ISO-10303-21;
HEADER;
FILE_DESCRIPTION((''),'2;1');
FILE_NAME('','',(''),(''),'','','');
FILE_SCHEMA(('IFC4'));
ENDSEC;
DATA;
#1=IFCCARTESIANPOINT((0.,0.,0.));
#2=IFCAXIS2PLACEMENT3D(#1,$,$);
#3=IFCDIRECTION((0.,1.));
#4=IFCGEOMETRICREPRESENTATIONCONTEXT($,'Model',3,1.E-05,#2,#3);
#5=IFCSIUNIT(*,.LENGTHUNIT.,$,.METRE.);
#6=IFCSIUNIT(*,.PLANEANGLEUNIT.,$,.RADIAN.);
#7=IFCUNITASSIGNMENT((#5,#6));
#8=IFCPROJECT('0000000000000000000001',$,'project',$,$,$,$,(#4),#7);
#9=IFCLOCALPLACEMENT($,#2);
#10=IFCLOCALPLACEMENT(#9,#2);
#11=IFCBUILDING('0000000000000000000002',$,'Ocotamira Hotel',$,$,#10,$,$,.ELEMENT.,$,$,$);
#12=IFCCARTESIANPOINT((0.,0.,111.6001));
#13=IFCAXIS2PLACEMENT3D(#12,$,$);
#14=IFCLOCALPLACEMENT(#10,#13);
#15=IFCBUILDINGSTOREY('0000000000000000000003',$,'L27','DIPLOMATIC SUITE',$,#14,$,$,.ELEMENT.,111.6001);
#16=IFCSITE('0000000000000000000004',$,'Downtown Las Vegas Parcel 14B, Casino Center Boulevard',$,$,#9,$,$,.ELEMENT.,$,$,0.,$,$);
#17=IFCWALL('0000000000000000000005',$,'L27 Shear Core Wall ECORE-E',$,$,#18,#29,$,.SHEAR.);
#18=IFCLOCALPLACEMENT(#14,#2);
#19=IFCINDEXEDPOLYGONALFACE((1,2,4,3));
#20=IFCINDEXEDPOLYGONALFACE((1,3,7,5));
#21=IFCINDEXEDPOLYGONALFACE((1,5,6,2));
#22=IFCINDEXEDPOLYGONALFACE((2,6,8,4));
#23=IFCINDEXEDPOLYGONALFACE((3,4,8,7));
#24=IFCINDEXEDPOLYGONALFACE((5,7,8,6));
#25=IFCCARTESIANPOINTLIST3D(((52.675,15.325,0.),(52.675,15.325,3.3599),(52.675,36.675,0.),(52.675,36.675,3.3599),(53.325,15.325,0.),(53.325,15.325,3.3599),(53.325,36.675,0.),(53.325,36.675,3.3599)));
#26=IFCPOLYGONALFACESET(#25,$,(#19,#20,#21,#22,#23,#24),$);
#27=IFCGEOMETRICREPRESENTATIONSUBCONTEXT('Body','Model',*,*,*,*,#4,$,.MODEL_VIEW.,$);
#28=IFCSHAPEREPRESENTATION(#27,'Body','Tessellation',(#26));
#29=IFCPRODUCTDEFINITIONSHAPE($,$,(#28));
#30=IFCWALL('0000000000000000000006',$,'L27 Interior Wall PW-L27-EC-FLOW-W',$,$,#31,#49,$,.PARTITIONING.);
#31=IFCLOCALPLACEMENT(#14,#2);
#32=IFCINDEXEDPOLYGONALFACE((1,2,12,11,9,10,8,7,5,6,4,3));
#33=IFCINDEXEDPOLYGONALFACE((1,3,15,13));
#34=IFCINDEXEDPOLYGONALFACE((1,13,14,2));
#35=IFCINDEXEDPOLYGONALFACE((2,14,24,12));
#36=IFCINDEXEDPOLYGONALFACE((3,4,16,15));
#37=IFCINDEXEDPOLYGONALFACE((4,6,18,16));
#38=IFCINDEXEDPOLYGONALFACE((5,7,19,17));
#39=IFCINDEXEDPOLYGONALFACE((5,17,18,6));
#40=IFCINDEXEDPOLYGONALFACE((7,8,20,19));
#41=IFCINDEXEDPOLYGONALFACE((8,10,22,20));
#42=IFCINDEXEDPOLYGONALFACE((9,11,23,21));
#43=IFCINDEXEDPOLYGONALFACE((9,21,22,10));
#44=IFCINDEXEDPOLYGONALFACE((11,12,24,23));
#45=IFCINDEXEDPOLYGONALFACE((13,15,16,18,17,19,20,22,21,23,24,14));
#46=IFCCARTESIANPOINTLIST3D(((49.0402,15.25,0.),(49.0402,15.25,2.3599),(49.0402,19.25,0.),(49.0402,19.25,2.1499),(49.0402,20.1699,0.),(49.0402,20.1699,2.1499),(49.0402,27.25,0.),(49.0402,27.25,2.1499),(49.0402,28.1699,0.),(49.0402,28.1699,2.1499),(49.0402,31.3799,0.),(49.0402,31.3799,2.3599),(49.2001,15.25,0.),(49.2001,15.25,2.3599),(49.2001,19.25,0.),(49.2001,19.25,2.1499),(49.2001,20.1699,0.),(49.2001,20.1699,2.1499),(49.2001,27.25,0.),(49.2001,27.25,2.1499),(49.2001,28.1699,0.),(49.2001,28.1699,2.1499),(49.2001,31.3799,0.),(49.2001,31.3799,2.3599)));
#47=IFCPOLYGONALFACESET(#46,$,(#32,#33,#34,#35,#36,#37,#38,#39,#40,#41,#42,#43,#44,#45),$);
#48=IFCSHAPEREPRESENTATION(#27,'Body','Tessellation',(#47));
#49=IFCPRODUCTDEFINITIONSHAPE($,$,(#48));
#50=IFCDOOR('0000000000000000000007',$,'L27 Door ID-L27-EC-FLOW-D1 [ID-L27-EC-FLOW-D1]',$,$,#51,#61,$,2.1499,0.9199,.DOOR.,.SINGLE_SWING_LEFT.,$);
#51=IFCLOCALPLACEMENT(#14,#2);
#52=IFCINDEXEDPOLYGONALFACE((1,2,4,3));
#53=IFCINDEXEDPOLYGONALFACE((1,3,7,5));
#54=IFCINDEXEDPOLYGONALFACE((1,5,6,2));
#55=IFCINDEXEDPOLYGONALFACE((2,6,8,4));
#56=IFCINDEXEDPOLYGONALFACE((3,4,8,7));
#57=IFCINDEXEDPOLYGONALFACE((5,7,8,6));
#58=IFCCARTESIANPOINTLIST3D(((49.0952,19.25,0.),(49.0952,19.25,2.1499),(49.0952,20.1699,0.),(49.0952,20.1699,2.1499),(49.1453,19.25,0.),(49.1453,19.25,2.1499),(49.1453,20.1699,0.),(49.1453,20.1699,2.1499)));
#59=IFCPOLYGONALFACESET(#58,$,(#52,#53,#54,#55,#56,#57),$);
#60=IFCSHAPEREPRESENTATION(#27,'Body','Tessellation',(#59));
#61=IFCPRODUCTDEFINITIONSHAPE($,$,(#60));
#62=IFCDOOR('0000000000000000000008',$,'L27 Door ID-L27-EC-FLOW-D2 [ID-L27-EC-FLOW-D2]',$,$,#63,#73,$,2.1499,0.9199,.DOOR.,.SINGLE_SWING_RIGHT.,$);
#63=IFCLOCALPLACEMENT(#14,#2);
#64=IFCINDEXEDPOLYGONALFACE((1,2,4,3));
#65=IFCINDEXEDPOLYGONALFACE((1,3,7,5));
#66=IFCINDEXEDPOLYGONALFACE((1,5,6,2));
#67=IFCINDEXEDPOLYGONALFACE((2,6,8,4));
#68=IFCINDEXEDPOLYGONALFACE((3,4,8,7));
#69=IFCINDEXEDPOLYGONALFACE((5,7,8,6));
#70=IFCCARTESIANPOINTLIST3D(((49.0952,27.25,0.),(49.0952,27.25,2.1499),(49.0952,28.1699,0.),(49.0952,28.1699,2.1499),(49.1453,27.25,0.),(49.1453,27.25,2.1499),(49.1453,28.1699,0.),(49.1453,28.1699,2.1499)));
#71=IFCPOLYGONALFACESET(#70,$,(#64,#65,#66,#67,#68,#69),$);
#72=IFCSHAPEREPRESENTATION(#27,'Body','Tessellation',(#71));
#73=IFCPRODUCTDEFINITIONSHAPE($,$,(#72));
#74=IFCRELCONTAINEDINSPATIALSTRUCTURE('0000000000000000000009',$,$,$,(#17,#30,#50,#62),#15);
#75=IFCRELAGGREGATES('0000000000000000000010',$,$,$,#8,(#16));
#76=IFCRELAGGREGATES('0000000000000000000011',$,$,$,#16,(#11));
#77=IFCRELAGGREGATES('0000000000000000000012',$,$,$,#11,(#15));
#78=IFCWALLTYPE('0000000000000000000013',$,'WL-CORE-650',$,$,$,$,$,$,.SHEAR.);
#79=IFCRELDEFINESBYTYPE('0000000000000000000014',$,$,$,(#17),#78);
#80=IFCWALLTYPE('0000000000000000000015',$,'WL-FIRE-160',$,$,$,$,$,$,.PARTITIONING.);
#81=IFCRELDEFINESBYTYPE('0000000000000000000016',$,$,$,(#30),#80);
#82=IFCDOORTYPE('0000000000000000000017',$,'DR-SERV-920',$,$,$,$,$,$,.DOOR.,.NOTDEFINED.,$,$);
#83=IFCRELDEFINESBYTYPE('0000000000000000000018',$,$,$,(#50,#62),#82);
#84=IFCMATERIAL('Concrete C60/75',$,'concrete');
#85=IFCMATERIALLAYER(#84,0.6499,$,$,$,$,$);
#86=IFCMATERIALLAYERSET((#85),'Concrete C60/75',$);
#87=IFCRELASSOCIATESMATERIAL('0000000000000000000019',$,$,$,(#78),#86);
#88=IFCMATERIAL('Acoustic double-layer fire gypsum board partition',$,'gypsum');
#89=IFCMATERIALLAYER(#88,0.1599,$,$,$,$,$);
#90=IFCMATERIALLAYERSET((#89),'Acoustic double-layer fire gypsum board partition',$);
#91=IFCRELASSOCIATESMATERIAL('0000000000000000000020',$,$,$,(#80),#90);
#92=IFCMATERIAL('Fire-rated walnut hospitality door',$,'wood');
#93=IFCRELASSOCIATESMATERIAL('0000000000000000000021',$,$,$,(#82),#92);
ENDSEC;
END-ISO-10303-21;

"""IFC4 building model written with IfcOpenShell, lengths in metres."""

from ifc_helpers import new_model, si_unit, direction, frame, frame_2d, origin, place, context, subcontext, project, spatial, rectangle, extrude, source, transform, mapped, material, layer, layer_set, type_object, element, fill, save


model = new_model("IFC4")

# Units and contexts
model_context = context("Model", 3, precision=1e-05, world=origin(), true_north=direction((0.0, 1.0)))
body_context = subcontext(model_context, "Body", "Model", "MODEL_VIEW")
ifc_project = project(units=[si_unit("LENGTHUNIT", "METRE"), si_unit("PLANEANGLEUNIT", "RADIAN")], contexts=[model_context])

# Site, building, storey
site_placement = place(None, origin())
site = spatial("IfcSite", under=ifc_project, at=site_placement, Name="Downtown Las Vegas Parcel 14B, Casino Center Boulevard", CompositionType="ELEMENT", RefElevation=0.0)
building_placement = place(site_placement, origin())
building = spatial("IfcBuilding", under=site, at=building_placement, Name="Ocotamira Hotel", CompositionType="ELEMENT")
storey_placement = place(building_placement, frame((0.0, 0.0, 111.6001)))
storey = spatial("IfcBuildingStorey", under=building, at=storey_placement, Name="L27", Description="DIPLOMATIC SUITE", CompositionType="ELEMENT", Elevation=111.6001)

# Wall
ifc_material_1 = material(Name="Concrete C60/75", Category="concrete")
ifc_layer_1 = layer(ifc_material_1, 0.6499)
ifc_layer_set_1 = layer_set([ifc_layer_1], Name="Concrete C60/75")
wall_type_1 = type_object("IfcWallType", Name="WL-CORE-650", PredefinedType="SHEAR", material=ifc_layer_set_1)
wall_1_placement = place(storey_placement, frame((53.0, 15.325, 0.0), z_axis=(0.0, 0.0, 1.0), x_axis=(0.0, 1.0, 0.0)))
element("IfcWall", 1, at=wall_1_placement, inside=storey, type_object=wall_type_1, Name="L27 Shear Core Wall ECORE-E", PredefinedType="SHEAR", context=body_context, shape_type="SweptSolid", body=[
    extrude(rectangle(XDim=21.3501, YDim=0.6499, at=frame_2d((10.675, 0.0))), origin(), (0.0, 0.0, 1.0), 3.3599),
])

# Wall, openings, doors
ifc_material_2 = material(Name="Acoustic double-layer fire gypsum board partition", Category="gypsum")
ifc_layer_2 = layer(ifc_material_2, 0.1599)
ifc_layer_set_2 = layer_set([ifc_layer_2], Name="Acoustic double-layer fire gypsum board partition")
wall_type_2 = type_object("IfcWallType", Name="WL-FIRE-160", PredefinedType="PARTITIONING", material=ifc_layer_set_2)
wall_2_placement = place(storey_placement, frame((49.1201, 15.25, 0.0), z_axis=(0.0, 0.0, 1.0), x_axis=(0.0, 1.0, 0.0)))
wall_2 = element("IfcWall", 2, at=wall_2_placement, inside=storey, type_object=wall_type_2, Name="L27 Interior Wall PW-L27-EC-FLOW-W", PredefinedType="PARTITIONING", context=body_context, shape_type="SweptSolid", body=[
    extrude(rectangle(XDim=16.1299, YDim=0.1599, at=frame_2d((8.0649, 0.0))), origin(), (0.0, 0.0, 1.0), 2.3599),
])
opening_1_placement = place(wall_2_placement, frame((4.0, 0.0, 0.0)))
opening_1 = element("IfcOpeningElement", 3, at=opening_1_placement, cuts=wall_2, PredefinedType="OPENING", context=body_context, shape_type="SweptSolid", body=[
    extrude(rectangle(XDim=0.9199, YDim=2.1499, at=frame_2d((0.46, 1.075))), frame((0.0, 0.0898, 0.0), z_axis=(0.0, -1.0, 0.0), x_axis=(1.0, 0.0, 0.0)), (0.0, 0.0, 1.0), 0.1799),
])
opening_2_placement = place(wall_2_placement, frame((12.0, 0.0, 0.0)))
opening_2 = element("IfcOpeningElement", 4, at=opening_2_placement, cuts=wall_2, PredefinedType="OPENING", context=body_context, shape_type="SweptSolid", body=[
    extrude(rectangle(XDim=0.9199, YDim=2.1499, at=frame_2d((0.46, 1.075))), frame((0.0, 0.0898, 0.0), z_axis=(0.0, -1.0, 0.0), x_axis=(1.0, 0.0, 0.0)), (0.0, 0.0, 1.0), 0.1799),
])
ifc_material_3 = material(Name="Fire-rated walnut hospitality door", Category="wood")
door_type_1 = type_object("IfcDoorType", Name="DR-SERV-920", OperationType="NOTDEFINED", PredefinedType="DOOR", material=ifc_material_3)
shared_shape_1 = source(origin(), body_context, "Body", "SweptSolid", [
    extrude(rectangle(XDim=0.9199, YDim=2.1499, at=frame_2d((0.46, 1.075))), frame((0.0, 0.0249, 0.0), z_axis=(0.0, -1.0, 0.0), x_axis=(1.0, 0.0, 0.0)), (0.0, 0.0, 1.0), 0.05),
])
door_1_placement = place(opening_1_placement, origin())
door_1 = element("IfcDoor", 5, at=door_1_placement, inside=storey, type_object=door_type_1, Name="L27 Door ID-L27-EC-FLOW-D1 [ID-L27-EC-FLOW-D1]", OperationType="SINGLE_SWING_LEFT", OverallHeight=2.1499, OverallWidth=0.9199, PredefinedType="DOOR", context=body_context, shape_type="MappedRepresentation", body=[
    mapped(shared_shape_1, transform((0.0, 0.0, 0.0), scale=1.0)),
])
fill(opening_1, door_1)
door_2_placement = place(opening_2_placement, origin())
door_2 = element("IfcDoor", 6, at=door_2_placement, inside=storey, type_object=door_type_1, Name="L27 Door ID-L27-EC-FLOW-D2 [ID-L27-EC-FLOW-D2]", OperationType="SINGLE_SWING_RIGHT", OverallHeight=2.1499, OverallWidth=0.9199, PredefinedType="DOOR", context=body_context, shape_type="MappedRepresentation", body=[
    mapped(shared_shape_1, transform((0.0, 0.0, 0.0), scale=1.0)),
])
fill(opening_2, door_2)

save(model, "model.ifc")
